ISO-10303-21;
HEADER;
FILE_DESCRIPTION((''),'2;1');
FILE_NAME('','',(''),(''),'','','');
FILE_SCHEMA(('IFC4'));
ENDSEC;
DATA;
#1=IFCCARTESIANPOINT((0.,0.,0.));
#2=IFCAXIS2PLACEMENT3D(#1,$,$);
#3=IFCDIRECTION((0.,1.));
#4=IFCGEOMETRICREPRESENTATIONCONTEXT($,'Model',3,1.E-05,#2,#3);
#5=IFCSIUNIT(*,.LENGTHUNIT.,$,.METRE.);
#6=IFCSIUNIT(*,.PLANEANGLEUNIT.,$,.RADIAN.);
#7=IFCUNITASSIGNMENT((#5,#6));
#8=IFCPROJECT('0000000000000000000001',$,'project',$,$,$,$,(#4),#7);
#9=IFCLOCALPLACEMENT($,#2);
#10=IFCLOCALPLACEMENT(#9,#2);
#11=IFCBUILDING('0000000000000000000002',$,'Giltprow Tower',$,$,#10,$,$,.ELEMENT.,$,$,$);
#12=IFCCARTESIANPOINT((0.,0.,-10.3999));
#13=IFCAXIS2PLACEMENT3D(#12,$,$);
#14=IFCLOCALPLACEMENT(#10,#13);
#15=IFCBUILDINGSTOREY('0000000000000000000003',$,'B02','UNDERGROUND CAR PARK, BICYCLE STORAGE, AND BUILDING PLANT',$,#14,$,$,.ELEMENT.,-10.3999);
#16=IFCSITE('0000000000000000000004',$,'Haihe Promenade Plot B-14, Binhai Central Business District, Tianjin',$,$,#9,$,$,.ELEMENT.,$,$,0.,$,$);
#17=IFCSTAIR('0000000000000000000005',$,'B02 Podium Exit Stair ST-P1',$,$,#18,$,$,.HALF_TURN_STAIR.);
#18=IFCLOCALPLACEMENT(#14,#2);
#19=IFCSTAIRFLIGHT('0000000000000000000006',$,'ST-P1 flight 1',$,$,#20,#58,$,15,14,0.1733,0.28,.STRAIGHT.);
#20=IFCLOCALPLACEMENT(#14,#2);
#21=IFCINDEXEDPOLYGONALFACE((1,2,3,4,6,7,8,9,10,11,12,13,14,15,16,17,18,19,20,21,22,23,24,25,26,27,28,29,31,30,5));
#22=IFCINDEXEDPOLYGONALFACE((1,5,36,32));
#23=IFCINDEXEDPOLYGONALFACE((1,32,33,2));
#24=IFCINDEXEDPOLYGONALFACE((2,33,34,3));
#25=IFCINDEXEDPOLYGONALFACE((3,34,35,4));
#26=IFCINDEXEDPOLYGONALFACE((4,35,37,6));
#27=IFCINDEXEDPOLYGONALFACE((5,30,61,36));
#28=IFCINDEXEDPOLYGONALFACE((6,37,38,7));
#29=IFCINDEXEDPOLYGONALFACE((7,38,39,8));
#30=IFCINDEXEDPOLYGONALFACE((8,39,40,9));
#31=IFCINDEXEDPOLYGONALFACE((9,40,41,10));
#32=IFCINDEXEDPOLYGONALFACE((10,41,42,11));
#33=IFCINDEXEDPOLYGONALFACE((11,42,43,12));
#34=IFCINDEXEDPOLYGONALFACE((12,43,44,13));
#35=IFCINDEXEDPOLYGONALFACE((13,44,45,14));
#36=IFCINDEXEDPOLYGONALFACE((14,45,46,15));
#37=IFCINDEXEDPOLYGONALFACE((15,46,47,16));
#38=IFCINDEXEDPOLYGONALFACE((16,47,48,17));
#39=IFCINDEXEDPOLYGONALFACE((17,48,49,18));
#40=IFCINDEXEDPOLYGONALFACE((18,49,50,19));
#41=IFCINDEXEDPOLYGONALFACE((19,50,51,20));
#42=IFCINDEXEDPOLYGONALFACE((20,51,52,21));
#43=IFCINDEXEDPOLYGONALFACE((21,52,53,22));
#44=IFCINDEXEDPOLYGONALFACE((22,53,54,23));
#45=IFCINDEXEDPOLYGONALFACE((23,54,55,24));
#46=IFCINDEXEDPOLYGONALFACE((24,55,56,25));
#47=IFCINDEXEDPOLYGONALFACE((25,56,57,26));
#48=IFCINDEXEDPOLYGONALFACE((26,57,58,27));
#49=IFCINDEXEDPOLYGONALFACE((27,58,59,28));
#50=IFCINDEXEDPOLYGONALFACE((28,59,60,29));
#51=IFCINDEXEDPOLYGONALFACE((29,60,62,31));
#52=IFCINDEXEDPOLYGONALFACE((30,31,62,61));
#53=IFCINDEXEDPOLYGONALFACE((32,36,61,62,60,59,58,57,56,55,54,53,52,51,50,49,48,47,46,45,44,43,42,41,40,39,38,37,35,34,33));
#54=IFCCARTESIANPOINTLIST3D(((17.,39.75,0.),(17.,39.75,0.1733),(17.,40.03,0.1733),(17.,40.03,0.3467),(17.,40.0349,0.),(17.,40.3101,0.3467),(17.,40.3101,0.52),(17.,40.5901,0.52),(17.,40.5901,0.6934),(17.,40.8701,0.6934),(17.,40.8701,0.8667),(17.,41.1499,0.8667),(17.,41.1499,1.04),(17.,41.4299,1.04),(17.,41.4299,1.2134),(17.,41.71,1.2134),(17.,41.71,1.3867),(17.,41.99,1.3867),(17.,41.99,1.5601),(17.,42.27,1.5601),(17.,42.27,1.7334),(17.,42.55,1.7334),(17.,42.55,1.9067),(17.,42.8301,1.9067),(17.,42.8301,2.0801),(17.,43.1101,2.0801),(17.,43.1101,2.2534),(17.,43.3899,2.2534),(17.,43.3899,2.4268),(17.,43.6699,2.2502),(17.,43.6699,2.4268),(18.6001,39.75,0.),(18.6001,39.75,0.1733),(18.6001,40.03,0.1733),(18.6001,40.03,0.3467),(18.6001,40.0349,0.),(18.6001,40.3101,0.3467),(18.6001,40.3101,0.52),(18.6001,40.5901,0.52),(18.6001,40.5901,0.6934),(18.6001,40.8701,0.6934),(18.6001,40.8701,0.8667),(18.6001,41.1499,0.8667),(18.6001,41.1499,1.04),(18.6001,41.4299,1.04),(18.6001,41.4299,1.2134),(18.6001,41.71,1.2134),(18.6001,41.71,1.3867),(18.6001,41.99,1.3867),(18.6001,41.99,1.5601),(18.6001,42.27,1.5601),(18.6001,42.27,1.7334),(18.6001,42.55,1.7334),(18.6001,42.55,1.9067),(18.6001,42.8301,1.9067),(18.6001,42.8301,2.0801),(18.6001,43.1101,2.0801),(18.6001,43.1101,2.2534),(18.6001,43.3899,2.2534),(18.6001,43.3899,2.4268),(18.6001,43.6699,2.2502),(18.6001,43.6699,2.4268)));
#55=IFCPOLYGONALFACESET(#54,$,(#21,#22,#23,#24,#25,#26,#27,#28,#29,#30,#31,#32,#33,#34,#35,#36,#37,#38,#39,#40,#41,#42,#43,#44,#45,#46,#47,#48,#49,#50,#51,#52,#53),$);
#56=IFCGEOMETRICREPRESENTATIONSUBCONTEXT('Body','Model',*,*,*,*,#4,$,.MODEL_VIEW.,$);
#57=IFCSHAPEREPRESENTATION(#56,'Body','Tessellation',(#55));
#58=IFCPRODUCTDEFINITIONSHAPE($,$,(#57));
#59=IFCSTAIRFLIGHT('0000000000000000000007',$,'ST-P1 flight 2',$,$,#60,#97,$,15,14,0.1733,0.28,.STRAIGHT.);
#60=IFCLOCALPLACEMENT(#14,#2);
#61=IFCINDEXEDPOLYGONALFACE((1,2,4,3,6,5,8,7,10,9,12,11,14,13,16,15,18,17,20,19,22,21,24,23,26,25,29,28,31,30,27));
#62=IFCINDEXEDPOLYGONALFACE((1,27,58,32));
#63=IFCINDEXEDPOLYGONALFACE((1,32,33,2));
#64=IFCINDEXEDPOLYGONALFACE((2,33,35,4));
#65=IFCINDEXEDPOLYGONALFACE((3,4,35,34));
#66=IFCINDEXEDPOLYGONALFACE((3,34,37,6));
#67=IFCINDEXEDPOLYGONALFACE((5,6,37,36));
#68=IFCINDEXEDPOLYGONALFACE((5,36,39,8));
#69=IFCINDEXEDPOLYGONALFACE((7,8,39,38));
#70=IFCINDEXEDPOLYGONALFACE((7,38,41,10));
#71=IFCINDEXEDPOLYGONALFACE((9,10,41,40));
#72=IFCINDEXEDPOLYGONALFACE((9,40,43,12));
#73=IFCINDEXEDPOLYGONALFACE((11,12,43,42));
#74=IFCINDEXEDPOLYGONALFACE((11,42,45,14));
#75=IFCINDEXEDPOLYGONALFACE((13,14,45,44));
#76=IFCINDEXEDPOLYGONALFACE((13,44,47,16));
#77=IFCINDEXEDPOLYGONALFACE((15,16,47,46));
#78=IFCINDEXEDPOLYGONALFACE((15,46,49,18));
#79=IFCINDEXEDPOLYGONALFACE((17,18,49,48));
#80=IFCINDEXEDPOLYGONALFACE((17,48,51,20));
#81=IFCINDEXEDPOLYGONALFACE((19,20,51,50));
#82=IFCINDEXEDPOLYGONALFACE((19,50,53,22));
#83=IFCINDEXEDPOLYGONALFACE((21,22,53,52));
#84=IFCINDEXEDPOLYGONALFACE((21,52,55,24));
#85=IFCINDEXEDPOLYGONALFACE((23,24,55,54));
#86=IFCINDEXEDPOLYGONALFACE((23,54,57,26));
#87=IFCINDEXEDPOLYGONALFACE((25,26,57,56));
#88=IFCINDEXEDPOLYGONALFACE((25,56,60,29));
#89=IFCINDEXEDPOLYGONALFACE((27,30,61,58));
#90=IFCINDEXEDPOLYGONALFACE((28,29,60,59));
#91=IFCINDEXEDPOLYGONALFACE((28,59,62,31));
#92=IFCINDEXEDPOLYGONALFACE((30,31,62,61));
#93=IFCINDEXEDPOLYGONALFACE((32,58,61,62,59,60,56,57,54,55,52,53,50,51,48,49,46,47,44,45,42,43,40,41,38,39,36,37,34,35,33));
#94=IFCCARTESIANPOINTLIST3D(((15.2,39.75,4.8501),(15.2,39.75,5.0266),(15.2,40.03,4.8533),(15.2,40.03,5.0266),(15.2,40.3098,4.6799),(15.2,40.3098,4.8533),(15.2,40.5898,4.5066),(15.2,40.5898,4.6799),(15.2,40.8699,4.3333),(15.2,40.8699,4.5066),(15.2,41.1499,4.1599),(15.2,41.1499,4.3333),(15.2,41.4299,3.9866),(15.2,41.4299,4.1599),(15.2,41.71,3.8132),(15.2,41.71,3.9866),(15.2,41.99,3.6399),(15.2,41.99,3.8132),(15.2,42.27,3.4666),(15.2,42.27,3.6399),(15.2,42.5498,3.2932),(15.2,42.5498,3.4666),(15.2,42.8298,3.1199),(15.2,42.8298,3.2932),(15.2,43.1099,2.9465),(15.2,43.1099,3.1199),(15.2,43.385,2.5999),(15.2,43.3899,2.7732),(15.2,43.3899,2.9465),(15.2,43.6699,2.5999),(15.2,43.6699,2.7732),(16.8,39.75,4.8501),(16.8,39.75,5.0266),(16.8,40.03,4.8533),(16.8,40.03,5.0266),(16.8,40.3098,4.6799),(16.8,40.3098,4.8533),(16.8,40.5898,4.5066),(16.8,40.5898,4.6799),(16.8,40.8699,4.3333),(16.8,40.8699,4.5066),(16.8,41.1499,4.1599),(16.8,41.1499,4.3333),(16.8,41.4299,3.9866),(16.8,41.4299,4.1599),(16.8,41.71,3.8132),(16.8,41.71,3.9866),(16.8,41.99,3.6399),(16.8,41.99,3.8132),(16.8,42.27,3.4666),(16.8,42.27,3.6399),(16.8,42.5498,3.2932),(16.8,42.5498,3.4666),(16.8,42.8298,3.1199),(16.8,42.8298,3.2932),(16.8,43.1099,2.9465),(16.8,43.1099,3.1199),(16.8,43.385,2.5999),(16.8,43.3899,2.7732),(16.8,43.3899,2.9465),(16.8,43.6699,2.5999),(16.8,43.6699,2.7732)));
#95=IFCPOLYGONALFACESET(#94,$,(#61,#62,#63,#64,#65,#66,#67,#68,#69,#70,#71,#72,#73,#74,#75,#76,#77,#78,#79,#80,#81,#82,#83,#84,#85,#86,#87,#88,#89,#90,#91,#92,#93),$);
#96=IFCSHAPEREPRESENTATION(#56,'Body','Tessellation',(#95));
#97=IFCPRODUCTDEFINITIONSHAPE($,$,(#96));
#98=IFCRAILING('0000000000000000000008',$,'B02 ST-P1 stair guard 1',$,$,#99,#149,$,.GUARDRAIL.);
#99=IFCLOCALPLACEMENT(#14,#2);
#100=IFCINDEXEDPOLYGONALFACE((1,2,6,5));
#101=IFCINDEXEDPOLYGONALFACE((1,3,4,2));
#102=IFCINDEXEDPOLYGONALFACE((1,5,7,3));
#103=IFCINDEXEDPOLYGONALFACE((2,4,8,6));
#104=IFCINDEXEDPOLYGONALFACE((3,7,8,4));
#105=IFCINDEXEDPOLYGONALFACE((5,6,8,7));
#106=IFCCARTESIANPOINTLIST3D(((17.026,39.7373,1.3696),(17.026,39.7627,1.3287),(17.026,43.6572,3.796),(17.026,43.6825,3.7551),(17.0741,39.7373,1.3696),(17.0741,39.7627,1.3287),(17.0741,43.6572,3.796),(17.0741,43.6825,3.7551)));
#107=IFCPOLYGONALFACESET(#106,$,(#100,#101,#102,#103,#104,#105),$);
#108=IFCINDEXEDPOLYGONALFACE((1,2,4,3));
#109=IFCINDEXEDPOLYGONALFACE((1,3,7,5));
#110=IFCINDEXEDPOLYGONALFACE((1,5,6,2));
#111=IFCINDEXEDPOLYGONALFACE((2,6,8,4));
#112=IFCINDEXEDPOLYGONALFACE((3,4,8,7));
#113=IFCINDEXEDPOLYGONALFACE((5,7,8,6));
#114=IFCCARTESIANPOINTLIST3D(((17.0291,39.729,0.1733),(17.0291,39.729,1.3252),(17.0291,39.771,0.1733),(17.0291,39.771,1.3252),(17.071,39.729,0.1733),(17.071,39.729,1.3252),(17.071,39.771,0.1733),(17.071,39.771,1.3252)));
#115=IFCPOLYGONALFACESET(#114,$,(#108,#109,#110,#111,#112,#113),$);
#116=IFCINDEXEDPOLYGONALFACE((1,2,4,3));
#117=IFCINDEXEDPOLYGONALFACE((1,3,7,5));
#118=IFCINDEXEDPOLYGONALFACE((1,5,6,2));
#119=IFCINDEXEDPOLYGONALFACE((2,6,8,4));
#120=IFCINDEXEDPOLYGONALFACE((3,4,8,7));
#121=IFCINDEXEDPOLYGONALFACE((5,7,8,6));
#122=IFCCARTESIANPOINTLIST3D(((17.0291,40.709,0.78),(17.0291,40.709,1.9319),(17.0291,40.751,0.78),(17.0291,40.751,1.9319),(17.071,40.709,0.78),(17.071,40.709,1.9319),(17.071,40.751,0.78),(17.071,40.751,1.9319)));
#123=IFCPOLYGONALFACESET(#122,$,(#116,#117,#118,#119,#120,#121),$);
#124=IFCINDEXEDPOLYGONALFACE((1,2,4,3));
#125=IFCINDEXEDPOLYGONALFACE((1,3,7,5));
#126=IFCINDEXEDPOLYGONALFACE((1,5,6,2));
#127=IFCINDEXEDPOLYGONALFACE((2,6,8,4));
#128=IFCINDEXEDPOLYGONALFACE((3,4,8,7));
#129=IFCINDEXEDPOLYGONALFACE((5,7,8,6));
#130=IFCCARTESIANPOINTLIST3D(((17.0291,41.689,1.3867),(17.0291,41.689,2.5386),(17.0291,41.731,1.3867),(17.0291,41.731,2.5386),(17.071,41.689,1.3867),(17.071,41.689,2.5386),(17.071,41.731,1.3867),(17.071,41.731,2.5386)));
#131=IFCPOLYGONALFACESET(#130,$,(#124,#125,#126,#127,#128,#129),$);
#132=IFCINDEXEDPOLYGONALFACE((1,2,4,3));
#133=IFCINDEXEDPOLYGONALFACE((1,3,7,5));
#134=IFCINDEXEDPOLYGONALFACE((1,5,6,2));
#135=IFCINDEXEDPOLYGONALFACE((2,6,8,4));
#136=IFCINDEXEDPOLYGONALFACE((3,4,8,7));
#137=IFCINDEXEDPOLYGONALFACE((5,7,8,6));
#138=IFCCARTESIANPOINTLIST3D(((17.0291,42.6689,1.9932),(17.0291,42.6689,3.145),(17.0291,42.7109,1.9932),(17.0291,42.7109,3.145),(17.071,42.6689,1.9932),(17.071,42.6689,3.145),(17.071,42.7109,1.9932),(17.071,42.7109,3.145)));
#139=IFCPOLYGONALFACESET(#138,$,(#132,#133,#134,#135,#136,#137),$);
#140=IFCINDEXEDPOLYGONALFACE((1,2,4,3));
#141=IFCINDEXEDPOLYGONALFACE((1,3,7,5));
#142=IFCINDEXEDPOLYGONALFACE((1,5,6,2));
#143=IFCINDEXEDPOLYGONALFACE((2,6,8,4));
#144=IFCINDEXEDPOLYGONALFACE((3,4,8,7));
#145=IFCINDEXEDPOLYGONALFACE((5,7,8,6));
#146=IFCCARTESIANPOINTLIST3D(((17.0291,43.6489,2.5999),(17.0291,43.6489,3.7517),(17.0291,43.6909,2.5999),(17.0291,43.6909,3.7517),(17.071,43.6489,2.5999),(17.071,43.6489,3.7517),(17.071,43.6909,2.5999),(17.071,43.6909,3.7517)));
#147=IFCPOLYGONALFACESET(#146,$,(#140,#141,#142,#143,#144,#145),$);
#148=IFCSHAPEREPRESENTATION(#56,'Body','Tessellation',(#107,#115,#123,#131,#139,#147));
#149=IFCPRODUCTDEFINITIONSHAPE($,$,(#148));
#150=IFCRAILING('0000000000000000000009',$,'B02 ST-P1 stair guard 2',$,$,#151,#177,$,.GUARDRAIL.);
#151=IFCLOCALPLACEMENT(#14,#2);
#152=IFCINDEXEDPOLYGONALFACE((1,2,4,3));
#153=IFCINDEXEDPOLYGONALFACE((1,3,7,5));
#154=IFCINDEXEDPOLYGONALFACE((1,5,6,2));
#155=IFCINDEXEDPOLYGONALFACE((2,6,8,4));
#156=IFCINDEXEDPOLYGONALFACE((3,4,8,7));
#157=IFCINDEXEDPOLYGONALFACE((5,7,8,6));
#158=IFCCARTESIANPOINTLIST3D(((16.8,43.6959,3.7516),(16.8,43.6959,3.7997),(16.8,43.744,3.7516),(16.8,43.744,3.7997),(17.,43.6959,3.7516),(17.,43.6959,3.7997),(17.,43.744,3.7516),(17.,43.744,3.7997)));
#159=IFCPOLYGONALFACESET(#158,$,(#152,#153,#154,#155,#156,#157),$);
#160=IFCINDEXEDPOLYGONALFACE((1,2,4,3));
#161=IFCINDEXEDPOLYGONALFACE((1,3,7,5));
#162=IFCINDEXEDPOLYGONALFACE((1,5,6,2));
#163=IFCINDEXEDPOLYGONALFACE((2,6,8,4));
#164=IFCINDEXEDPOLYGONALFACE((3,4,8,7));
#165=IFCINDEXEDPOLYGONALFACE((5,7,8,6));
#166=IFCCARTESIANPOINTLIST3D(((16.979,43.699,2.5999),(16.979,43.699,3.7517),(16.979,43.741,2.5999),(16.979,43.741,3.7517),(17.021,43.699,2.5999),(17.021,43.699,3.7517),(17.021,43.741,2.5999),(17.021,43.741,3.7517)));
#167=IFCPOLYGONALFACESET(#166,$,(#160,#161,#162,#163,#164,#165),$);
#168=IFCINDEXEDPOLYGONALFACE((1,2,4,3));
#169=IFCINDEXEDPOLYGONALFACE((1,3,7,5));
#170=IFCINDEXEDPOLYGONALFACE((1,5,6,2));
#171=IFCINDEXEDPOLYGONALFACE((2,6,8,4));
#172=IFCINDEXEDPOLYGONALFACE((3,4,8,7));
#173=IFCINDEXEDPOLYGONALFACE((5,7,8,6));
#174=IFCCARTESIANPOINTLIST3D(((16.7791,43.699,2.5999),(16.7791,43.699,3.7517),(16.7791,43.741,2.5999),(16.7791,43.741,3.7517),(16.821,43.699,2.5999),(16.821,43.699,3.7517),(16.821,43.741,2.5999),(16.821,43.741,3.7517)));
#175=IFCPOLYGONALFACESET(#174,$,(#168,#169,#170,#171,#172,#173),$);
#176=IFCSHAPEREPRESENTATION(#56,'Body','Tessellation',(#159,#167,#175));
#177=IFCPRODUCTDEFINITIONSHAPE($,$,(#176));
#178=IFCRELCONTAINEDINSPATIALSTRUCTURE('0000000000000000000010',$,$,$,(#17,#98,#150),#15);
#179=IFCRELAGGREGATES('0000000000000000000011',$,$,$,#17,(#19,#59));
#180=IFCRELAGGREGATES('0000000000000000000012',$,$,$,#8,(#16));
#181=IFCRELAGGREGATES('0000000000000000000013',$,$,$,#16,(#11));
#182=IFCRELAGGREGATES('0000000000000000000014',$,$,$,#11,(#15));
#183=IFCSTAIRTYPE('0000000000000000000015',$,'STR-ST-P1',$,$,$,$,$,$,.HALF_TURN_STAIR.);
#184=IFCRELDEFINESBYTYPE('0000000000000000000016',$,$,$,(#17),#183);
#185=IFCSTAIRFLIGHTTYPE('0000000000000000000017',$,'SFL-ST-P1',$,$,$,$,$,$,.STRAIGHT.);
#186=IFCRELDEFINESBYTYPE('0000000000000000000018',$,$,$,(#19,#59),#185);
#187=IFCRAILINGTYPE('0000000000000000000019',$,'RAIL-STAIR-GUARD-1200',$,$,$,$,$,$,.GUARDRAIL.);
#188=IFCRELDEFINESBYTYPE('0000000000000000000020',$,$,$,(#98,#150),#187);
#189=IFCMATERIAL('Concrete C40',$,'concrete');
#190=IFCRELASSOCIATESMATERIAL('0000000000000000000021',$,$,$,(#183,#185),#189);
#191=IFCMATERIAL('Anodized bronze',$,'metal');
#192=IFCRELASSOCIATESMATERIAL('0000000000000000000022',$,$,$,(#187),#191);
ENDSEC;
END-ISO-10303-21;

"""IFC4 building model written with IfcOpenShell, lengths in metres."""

from ifc_helpers import new_model, si_unit, direction, frame, origin, origin_2d, place, context, subcontext, project, spatial, polyline, rectangle, outline, extrude, material, type_object, element, aggregate, save


model = new_model("IFC4")

# Units and contexts
model_context = context("Model", 3, precision=1e-05, world=origin(), true_north=direction((0.0, 1.0)))
body_context = subcontext(model_context, "Body", "Model", "MODEL_VIEW")
ifc_project = project(units=[si_unit("LENGTHUNIT", "METRE"), si_unit("PLANEANGLEUNIT", "RADIAN")], contexts=[model_context])

# Site, building, storey
site_placement = place(None, origin())
site = spatial("IfcSite", under=ifc_project, at=site_placement, Name="Haihe Promenade Plot B-14, Binhai Central Business District, Tianjin", CompositionType="ELEMENT", RefElevation=0.0)
building_placement = place(site_placement, origin())
building = spatial("IfcBuilding", under=site, at=building_placement, Name="Giltprow Tower", CompositionType="ELEMENT")
storey_placement = place(building_placement, frame((0.0, 0.0, -10.3999)))
storey = spatial("IfcBuildingStorey", under=building, at=storey_placement, Name="B02", Description="UNDERGROUND CAR PARK, BICYCLE STORAGE, AND BUILDING PLANT", CompositionType="ELEMENT", Elevation=-10.3999)

# Shared definitions
ifc_material_1 = material(Name="Concrete C40", Category="concrete")

# Stair, stair flights
stair_type = type_object("IfcStairType", Name="STR-ST-P1", PredefinedType="HALF_TURN_STAIR", material=ifc_material_1)
stair_placement = place(storey_placement, origin())
stair = element("IfcStair", 1, at=stair_placement, inside=storey, type_object=stair_type, Name="B02 Podium Exit Stair ST-P1", PredefinedType="HALF_TURN_STAIR")
stair_flight_type = type_object("IfcStairFlightType", Name="SFL-ST-P1", PredefinedType="STRAIGHT", material=ifc_material_1)
stair_flight_1_placement = place(storey_placement, frame((17.8, 39.75, 0.0), z_axis=(0.0, 0.0, 1.0), x_axis=(0.0, 1.0, 0.0)))
stair_flight_1 = element("IfcStairFlight", 2, at=stair_flight_1_placement, type_object=stair_flight_type, Name="ST-P1 flight 1", NumberOfRisers=15, NumberOfTreads=14, PredefinedType="STRAIGHT", RiserHeight=0.1733, TreadLength=0.28, context=body_context, shape_type="SweptSolid", body=[
    extrude(outline(polyline([(0.0, 0.0), (0.0, 0.1733), (0.28, 0.1733), (0.28, 0.3467), (0.5601, 0.3467), (0.5601, 0.52), (0.8401, 0.52), (0.8401, 0.6934), (1.1201, 0.6934), (1.1201, 0.8667), (1.3999, 0.8667), (1.3999, 1.04), (1.6799, 1.04), (1.6799, 1.2134), (1.96, 1.2134), (1.96, 1.3867), (2.24, 1.3867), (2.24, 1.5601), (2.52, 1.5601), (2.52, 1.7334), (2.8, 1.7334), (2.8, 1.9067), (3.0801, 1.9067), (3.0801, 2.0801), (3.3601, 2.0801), (3.3601, 2.2534), (3.6399, 2.2534), (3.6399, 2.4268), (3.9199, 2.4268), (3.9199, 2.6001), (3.9199, 2.2502), (0.2849, 0.0), (0.0, 0.0)])), frame((0.0, 0.8, 0.0), z_axis=(0.0, -1.0, 0.0), x_axis=(1.0, 0.0, 0.0)), (0.0, 0.0, 1.0), 1.6001),
])
stair_flight_2_placement = place(storey_placement, frame((16.0, 43.6699, 2.5999), z_axis=(0.0, 0.0, 1.0), x_axis=(0.0, -1.0, 0.0)))
stair_flight_2 = element("IfcStairFlight", 3, at=stair_flight_2_placement, type_object=stair_flight_type, Name="ST-P1 flight 2", NumberOfRisers=15, NumberOfTreads=14, PredefinedType="STRAIGHT", RiserHeight=0.1733, TreadLength=0.28, context=body_context, shape_type="SweptSolid", body=[
    extrude(outline(polyline([(0.0, 0.0), (0.0, 0.1733), (0.28, 0.1733), (0.28, 0.3467), (0.5601, 0.3467), (0.5601, 0.52), (0.8401, 0.52), (0.8401, 0.6934), (1.1201, 0.6934), (1.1201, 0.8667), (1.3999, 0.8667), (1.3999, 1.04), (1.6799, 1.04), (1.6799, 1.2134), (1.96, 1.2134), (1.96, 1.3867), (2.24, 1.3867), (2.24, 1.5601), (2.52, 1.5601), (2.52, 1.7334), (2.8, 1.7334), (2.8, 1.9067), (3.0801, 1.9067), (3.0801, 2.0801), (3.3601, 2.0801), (3.3601, 2.2534), (3.6399, 2.2534), (3.6399, 2.4268), (3.9199, 2.4268), (3.9199, 2.6001), (3.9199, 2.2502), (0.2849, 0.0), (0.0, 0.0)])), frame((0.0, 0.8, 0.0), z_axis=(0.0, -1.0, 0.0), x_axis=(1.0, 0.0, 0.0)), (0.0, 0.0, 1.0), 1.6001),
])
aggregate(stair, [stair_flight_1, stair_flight_2])

# Railings
ifc_material_2 = material(Name="Anodized bronze", Category="metal")
railing_type_1 = type_object("IfcRailingType", Name="RAIL-STAIR-GUARD-1200", PredefinedType="GUARDRAIL", material=ifc_material_2)
railing_1_placement = place(storey_placement, frame((17.05, 39.75, 0.1733)))
element("IfcRailing", 4, at=railing_1_placement, inside=storey, type_object=railing_type_1, Name="B02 ST-P1 stair guard 1", PredefinedType="GUARDRAIL", context=body_context, shape_type="SweptSolid", body=[
    extrude(rectangle(XDim=0.0481, YDim=0.0481, at=origin_2d()), frame((0.0, 0.0, 1.1758), z_axis=(0.0, 0.850275, 0.526338), x_axis=(-1.0, 0.0, 0.0)), (0.0, 0.0, 1.0), 4.6101),
    extrude(rectangle(XDim=0.042, YDim=0.042, at=origin_2d()), origin(), (0.0, 0.0, 1.0), 1.1519),
    extrude(rectangle(XDim=0.042, YDim=0.042, at=origin_2d()), frame((0.0, 0.98, 0.6067)), (0.0, 0.0, 1.0), 1.1519),
    extrude(rectangle(XDim=0.042, YDim=0.042, at=origin_2d()), frame((0.0, 1.96, 1.2134)), (0.0, 0.0, 1.0), 1.1519),
    extrude(rectangle(XDim=0.042, YDim=0.042, at=origin_2d()), frame((0.0, 2.9399, 1.8198)), (0.0, 0.0, 1.0), 1.1519),
    extrude(rectangle(XDim=0.042, YDim=0.042, at=origin_2d()), frame((0.0, 3.9199, 2.4265)), (0.0, 0.0, 1.0), 1.1519),
])
railing_2_placement = place(storey_placement, frame((17.0, 43.72, 2.5999)))
element("IfcRailing", 5, at=railing_2_placement, inside=storey, type_object=railing_type_1, Name="B02 ST-P1 stair guard 2", PredefinedType="GUARDRAIL", context=body_context, shape_type="SweptSolid", body=[
    extrude(rectangle(XDim=0.0481, YDim=0.0481, at=origin_2d()), frame((0.0, 0.0, 1.1758), z_axis=(-1.0, 0.0, 0.0), x_axis=(0.0, -1.0, 0.0)), (0.0, 0.0, 1.0), 0.2),
    extrude(rectangle(XDim=0.042, YDim=0.042, at=origin_2d()), origin(), (0.0, 0.0, 1.0), 1.1519),
    extrude(rectangle(XDim=0.042, YDim=0.042, at=origin_2d()), frame((-0.2, 0.0, 0.0)), (0.0, 0.0, 1.0), 1.1519),
])

save(model, "model.ifc")
